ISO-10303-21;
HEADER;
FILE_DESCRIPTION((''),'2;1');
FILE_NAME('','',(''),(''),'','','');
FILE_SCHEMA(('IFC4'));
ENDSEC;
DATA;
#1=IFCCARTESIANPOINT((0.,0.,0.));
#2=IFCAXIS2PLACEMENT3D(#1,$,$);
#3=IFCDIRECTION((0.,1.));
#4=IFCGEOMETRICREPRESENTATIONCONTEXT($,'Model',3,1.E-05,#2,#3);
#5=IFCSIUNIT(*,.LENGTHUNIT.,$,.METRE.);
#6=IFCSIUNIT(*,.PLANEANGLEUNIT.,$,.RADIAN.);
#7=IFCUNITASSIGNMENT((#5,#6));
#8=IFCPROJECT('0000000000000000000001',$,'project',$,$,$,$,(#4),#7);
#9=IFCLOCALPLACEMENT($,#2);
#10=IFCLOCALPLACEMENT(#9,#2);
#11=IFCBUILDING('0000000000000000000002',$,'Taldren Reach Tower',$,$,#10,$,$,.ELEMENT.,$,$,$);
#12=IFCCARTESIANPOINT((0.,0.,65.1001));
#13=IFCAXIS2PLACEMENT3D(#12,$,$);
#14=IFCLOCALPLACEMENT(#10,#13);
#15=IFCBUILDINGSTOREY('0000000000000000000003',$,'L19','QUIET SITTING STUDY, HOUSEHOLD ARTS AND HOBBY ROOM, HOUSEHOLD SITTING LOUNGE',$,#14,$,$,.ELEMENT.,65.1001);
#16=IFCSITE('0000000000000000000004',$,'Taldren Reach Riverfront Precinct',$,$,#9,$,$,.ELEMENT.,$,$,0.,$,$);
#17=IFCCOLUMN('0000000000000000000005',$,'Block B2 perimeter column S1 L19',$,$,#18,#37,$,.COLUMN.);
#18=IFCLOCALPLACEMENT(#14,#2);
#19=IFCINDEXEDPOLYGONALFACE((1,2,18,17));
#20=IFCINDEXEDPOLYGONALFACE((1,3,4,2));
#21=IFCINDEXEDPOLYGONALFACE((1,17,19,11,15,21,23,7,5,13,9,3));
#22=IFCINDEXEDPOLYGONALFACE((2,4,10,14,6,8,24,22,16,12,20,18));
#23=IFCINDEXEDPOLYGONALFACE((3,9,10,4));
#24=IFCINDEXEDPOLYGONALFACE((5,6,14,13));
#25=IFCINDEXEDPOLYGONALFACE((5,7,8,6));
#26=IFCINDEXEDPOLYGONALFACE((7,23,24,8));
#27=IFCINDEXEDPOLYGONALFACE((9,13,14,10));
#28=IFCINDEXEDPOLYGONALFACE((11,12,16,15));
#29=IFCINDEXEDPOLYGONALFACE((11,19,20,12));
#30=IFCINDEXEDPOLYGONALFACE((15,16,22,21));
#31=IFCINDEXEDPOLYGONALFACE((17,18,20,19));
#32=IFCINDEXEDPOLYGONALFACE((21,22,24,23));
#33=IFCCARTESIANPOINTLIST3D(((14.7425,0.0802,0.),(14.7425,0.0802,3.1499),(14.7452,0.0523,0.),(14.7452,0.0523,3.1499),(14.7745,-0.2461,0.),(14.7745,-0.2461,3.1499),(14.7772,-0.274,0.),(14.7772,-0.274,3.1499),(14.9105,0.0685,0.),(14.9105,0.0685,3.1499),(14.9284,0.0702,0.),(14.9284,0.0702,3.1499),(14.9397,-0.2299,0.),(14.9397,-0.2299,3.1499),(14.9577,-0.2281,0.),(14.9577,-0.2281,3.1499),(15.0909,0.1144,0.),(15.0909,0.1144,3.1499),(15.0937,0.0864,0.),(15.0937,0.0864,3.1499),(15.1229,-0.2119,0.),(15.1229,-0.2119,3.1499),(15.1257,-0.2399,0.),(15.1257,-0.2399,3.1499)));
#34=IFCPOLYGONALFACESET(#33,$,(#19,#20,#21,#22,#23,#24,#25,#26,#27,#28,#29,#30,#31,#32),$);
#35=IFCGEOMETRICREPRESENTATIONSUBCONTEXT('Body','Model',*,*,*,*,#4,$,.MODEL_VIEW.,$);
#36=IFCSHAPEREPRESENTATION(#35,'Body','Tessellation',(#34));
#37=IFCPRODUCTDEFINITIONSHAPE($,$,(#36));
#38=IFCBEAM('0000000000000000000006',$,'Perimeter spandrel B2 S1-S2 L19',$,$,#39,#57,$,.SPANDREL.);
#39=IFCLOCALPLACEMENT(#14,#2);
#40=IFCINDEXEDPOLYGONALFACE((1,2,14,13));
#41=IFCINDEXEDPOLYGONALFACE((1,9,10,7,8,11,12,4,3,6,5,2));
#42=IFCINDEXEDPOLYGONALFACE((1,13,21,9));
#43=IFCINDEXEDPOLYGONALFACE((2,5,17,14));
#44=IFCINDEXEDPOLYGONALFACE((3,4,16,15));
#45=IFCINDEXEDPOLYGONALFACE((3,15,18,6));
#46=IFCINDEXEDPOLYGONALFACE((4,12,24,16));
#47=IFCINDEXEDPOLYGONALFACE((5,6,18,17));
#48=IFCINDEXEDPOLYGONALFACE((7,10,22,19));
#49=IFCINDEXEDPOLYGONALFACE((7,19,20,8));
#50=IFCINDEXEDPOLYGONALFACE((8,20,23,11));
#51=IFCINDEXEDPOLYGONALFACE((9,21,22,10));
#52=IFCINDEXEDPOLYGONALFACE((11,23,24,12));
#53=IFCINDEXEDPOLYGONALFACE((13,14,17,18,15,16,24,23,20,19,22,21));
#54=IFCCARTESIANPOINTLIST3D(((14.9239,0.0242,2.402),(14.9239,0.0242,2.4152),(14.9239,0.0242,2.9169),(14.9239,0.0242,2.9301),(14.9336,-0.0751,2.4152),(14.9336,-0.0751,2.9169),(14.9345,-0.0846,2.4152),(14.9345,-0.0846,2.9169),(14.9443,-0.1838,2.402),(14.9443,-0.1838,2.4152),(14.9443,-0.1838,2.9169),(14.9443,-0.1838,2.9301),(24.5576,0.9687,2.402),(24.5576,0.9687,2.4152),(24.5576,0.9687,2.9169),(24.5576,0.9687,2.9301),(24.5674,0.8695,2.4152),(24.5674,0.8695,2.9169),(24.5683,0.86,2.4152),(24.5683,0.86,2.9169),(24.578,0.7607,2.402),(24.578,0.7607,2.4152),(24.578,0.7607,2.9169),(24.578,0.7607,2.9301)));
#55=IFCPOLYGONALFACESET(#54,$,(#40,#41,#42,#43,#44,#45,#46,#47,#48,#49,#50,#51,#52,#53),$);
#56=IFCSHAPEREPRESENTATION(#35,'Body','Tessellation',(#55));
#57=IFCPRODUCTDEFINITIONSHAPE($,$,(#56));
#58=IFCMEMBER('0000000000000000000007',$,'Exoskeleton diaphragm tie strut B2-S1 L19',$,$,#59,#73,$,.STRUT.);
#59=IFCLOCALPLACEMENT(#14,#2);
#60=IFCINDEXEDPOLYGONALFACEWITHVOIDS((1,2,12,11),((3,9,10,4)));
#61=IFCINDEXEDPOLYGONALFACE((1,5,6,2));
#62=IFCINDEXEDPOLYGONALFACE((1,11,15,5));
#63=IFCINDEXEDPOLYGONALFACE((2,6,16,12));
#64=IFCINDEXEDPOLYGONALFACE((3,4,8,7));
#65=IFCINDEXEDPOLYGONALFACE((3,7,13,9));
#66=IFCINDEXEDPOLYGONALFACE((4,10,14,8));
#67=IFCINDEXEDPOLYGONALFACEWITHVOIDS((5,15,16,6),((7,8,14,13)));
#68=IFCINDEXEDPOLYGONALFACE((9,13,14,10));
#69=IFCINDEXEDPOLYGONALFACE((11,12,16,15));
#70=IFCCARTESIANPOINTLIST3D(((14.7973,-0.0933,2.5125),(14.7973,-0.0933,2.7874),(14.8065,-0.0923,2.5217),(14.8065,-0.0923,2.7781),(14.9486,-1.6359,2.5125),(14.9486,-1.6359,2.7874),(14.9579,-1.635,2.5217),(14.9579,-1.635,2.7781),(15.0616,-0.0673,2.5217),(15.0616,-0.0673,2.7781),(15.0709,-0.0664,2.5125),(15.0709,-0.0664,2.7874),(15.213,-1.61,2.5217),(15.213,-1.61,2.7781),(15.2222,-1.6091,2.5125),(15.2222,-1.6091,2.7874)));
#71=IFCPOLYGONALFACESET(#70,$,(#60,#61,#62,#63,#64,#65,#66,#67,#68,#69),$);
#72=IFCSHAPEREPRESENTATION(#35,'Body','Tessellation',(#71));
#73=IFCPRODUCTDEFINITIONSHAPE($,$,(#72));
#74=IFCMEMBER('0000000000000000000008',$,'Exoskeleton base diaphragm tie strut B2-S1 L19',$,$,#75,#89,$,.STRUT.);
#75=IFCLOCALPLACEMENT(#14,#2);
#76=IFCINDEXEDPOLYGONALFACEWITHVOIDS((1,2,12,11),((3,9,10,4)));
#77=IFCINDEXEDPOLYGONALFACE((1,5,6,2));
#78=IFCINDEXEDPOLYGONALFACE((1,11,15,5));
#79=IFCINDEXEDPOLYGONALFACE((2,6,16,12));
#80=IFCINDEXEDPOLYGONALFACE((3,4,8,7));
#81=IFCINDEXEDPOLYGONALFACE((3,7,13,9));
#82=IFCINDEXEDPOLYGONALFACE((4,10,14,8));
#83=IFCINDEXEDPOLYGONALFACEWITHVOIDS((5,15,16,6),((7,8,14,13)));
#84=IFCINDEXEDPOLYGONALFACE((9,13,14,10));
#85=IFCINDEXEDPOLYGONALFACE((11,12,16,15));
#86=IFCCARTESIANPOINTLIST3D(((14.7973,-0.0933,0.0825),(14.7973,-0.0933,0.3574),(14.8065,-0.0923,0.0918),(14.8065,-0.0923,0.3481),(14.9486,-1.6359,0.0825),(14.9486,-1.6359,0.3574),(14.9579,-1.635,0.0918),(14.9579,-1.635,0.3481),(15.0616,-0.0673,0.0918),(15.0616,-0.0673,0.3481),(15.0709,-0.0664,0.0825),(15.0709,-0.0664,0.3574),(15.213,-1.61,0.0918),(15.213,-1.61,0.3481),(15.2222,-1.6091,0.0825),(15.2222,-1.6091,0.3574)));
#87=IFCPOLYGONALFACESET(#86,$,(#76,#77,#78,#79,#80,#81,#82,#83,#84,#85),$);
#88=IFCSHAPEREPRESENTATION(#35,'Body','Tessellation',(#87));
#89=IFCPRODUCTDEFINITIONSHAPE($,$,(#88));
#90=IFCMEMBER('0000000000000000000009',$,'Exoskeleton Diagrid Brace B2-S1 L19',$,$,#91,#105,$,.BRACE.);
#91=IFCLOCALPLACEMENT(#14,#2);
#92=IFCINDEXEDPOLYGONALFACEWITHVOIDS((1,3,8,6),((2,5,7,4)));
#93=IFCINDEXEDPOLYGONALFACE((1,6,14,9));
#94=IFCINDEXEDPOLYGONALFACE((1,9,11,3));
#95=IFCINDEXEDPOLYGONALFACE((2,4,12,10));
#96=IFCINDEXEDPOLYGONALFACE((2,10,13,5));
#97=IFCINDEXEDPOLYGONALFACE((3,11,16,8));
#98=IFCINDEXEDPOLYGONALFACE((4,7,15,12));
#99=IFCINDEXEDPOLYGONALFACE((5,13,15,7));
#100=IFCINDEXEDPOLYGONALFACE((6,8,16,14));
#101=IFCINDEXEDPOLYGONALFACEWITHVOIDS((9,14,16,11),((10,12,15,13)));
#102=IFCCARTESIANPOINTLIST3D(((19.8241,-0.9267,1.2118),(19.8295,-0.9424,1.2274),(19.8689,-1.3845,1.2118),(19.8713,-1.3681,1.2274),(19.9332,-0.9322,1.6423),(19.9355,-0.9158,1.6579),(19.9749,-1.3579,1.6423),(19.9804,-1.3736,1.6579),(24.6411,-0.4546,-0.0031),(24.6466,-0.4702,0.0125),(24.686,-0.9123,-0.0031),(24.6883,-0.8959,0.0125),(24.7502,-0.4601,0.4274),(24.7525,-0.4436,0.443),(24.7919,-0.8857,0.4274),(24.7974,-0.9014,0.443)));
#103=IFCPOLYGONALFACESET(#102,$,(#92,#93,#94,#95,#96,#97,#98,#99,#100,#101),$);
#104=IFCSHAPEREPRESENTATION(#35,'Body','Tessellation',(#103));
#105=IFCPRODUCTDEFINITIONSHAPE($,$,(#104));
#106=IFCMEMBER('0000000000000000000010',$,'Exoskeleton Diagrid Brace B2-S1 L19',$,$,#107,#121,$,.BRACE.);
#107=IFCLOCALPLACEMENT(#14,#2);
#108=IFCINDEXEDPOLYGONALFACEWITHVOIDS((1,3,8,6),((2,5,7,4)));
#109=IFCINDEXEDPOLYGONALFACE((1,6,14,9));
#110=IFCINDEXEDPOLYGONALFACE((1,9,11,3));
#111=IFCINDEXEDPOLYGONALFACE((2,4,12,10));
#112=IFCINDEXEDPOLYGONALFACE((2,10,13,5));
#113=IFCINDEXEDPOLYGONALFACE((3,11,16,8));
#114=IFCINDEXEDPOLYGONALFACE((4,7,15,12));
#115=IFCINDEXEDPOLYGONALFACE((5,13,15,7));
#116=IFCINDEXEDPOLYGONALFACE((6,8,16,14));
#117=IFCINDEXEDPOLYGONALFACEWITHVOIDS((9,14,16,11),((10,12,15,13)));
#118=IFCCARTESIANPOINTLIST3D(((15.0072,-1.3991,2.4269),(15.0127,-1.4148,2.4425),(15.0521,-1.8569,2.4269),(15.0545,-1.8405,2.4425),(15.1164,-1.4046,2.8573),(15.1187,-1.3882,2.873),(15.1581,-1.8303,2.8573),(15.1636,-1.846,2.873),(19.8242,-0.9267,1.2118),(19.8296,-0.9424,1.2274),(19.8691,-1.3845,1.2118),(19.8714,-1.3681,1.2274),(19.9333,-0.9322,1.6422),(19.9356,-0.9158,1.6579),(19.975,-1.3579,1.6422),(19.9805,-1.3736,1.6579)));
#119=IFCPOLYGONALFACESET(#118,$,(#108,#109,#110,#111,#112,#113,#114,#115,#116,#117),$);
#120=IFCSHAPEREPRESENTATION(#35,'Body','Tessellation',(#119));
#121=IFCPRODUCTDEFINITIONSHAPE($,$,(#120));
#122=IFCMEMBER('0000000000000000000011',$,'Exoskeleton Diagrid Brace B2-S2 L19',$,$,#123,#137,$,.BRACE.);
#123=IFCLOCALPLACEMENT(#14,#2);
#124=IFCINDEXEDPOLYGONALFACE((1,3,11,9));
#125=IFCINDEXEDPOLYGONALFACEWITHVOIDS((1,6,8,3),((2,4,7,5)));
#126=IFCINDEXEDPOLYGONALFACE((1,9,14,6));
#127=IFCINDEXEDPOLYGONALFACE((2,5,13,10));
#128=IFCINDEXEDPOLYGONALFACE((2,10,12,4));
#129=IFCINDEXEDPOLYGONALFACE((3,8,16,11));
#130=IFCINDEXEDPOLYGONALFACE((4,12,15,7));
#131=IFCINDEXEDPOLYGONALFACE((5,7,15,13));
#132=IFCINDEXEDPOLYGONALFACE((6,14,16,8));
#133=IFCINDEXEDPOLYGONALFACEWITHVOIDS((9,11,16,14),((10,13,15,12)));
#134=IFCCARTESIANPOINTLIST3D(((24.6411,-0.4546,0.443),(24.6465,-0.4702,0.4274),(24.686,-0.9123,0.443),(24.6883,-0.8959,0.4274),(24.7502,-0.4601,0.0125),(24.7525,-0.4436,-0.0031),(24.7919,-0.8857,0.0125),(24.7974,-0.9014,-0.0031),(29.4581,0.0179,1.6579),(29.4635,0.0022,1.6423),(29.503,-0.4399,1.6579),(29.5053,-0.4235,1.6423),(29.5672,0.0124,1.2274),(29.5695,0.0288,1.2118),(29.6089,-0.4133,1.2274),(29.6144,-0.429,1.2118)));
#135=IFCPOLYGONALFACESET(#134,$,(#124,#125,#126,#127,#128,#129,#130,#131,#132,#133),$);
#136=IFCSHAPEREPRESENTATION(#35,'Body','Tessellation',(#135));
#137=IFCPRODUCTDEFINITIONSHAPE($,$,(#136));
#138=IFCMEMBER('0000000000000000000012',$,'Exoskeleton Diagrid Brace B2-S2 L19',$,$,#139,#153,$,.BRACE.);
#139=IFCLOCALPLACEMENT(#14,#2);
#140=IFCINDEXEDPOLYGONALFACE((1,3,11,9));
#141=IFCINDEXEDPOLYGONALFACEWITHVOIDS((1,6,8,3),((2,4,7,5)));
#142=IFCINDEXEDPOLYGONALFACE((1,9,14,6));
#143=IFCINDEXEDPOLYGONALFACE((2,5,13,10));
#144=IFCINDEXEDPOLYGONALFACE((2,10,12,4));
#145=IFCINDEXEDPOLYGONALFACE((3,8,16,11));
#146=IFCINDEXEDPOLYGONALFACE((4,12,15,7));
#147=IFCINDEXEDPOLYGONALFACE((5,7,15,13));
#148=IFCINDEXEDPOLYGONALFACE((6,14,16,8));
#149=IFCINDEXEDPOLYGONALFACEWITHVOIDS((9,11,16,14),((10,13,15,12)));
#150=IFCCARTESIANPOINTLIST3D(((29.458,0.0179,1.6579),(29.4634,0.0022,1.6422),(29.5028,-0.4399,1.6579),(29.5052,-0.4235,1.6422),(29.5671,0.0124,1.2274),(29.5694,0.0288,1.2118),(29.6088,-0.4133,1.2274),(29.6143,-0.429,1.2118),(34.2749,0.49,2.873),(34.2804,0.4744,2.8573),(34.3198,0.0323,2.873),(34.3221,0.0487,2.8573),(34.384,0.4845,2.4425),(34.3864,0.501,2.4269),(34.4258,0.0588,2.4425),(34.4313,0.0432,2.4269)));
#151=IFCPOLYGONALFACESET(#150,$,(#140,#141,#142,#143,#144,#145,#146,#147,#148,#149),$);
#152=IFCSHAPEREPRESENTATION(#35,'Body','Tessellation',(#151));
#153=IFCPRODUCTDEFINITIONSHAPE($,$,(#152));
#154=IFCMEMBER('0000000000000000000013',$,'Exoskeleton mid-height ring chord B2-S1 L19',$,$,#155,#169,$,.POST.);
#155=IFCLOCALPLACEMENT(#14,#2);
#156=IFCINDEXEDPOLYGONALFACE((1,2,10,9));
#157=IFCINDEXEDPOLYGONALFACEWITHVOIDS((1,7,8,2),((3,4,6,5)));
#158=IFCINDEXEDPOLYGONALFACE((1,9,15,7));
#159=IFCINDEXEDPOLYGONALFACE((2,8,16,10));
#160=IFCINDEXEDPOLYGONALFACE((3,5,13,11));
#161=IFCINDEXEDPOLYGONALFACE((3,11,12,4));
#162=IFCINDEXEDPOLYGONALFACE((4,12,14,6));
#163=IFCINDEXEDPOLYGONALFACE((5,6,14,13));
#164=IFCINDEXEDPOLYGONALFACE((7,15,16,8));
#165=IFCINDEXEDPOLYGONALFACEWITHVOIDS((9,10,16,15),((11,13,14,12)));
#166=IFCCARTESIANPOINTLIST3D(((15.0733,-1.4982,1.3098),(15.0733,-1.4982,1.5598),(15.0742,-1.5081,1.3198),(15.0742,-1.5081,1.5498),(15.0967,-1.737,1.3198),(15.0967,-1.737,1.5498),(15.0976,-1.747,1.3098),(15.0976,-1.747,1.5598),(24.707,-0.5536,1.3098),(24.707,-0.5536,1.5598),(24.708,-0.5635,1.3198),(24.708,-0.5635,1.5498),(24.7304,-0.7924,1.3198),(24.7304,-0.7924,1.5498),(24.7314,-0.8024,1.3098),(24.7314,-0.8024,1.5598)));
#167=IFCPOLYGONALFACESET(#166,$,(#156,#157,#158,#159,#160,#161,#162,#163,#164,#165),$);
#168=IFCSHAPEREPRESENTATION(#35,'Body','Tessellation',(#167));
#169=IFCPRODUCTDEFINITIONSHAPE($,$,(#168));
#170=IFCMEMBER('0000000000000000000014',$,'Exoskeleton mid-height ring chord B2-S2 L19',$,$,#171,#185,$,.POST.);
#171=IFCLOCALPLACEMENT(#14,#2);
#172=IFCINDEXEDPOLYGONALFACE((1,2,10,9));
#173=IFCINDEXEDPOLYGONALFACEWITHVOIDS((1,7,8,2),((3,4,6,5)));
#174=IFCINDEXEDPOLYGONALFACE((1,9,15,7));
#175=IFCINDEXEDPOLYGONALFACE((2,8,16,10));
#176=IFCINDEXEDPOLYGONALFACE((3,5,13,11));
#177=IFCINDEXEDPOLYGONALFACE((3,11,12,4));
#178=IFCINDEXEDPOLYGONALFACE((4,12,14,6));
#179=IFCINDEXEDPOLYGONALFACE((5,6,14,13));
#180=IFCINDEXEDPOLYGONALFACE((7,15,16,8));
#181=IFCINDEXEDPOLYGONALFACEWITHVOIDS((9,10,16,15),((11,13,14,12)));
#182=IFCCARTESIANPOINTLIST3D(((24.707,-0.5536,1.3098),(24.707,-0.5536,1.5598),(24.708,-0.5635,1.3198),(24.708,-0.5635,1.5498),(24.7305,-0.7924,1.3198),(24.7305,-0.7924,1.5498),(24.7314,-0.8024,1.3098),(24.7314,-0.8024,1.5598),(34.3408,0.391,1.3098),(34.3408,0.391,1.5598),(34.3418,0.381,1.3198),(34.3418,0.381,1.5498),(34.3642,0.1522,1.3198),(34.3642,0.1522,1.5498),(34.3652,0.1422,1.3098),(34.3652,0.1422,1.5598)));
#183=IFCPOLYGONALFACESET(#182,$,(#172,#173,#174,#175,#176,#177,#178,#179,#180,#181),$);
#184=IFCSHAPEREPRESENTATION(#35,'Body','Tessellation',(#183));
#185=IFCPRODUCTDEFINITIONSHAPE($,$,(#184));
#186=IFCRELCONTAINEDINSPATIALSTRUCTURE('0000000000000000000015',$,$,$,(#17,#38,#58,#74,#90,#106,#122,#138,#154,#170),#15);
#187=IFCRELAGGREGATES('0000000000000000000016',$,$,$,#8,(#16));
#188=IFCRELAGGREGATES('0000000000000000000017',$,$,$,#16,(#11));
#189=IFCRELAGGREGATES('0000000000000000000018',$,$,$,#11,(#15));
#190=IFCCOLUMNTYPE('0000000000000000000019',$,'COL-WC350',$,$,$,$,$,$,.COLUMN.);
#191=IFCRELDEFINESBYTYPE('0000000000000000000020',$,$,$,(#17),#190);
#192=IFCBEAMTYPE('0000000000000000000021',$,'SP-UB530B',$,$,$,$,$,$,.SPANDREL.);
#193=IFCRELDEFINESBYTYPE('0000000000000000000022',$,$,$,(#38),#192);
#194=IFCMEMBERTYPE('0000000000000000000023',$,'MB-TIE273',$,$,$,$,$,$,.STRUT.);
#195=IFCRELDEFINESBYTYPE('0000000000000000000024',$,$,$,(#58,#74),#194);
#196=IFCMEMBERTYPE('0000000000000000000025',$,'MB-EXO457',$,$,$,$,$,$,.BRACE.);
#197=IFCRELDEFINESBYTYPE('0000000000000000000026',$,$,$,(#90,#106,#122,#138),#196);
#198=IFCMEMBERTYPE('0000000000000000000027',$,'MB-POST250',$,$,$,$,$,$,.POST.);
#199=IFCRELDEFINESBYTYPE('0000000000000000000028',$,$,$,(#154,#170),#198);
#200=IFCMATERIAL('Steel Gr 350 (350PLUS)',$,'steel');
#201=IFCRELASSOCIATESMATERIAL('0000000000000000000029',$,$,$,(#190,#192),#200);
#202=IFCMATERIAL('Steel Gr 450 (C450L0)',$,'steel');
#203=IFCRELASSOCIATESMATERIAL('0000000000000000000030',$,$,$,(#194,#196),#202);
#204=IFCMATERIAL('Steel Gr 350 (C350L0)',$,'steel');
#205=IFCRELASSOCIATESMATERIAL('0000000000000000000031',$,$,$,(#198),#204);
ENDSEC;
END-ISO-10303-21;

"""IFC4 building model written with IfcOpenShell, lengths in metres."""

from ifc_helpers import new_model, si_unit, direction, frame, origin, origin_2d, place, context, subcontext, project, spatial, hollow_rectangle, i_section, extrude, source, transform, mapped, material, material_profile, profile_set, type_object, element, save


model = new_model("IFC4")

# Units and contexts
model_context = context("Model", 3, precision=1e-05, world=origin(), true_north=direction((0.0, 1.0)))
body_context = subcontext(model_context, "Body", "Model", "MODEL_VIEW")
ifc_project = project(units=[si_unit("LENGTHUNIT", "METRE"), si_unit("PLANEANGLEUNIT", "RADIAN")], contexts=[model_context])

# Site, building, storey
site_placement = place(None, origin())
site = spatial("IfcSite", under=ifc_project, at=site_placement, Name="Taldren Reach Riverfront Precinct", CompositionType="ELEMENT", RefElevation=0.0)
building_placement = place(site_placement, origin())
building = spatial("IfcBuilding", under=site, at=building_placement, Name="Taldren Reach Tower", CompositionType="ELEMENT")
storey_placement = place(building_placement, frame((0.0, 0.0, 65.1001)))
storey = spatial("IfcBuildingStorey", under=building, at=storey_placement, Name="L19", Description="QUIET SITTING STUDY, HOUSEHOLD ARTS AND HOBBY ROOM, HOUSEHOLD SITTING LOUNGE", CompositionType="ELEMENT", Elevation=65.1001)

# Column
ifc_material_1 = material(Name="Steel Gr 350 (350PLUS)", Category="steel")
ifc_material_profile_1 = material_profile(ifc_material_1, i_section(OverallWidth=0.3501, OverallDepth=0.356, WebThickness=0.0181, FlangeThickness=0.0281, at=origin_2d()), Name="350WC197")
ifc_profile_set_1 = profile_set([ifc_material_profile_1], Name="Steel Gr 350 (350PLUS)")
column_type = type_object("IfcColumnType", Name="COL-WC350", PredefinedType="COLUMN", material=ifc_profile_set_1)
shared_shape_1 = source(origin(), body_context, "Body", "SweptSolid", [
    extrude(i_section(OverallWidth=0.3501, OverallDepth=0.356, WebThickness=0.0181, FlangeThickness=0.0281, at=origin_2d()), origin(), (0.0, 0.0, 1.0), 3.1499),
])
column_placement = place(storey_placement, frame((14.9341, -0.0798, 0.0), z_axis=(0.0, 0.0, 1.0), x_axis=(0.995227, 0.097583, 0.0)))
element("IfcColumn", 1, at=column_placement, inside=storey, type_object=column_type, Name="Block B2 perimeter column S1 L19", PredefinedType="COLUMN", context=body_context, shape_type="MappedRepresentation", body=[
    mapped(shared_shape_1, transform((0.0, 0.0, 0.0), scale=1.0)),
])

# Beam
ifc_material_profile_2 = material_profile(ifc_material_1, i_section(OverallWidth=0.209, OverallDepth=0.5281, WebThickness=0.0095, FlangeThickness=0.0132, at=origin_2d()), Name="530UB82.0")
ifc_profile_set_2 = profile_set([ifc_material_profile_2], Name="Steel Gr 350 (350PLUS)")
beam_type = type_object("IfcBeamType", Name="SP-UB530B", PredefinedType="SPANDREL", material=ifc_profile_set_2)
shared_shape_2 = source(origin(), body_context, "Body", "SweptSolid", [
    extrude(i_section(OverallWidth=0.209, OverallDepth=0.5281, WebThickness=0.0095, FlangeThickness=0.0132, at=origin_2d()), origin(), (0.0, 0.0, 1.0), 9.6799),
])
beam_placement = place(storey_placement, frame((14.9341, -0.0798, 2.666), z_axis=(0.995228, 0.097581, 0.0), x_axis=(-0.097581, 0.995228, 0.0)))
element("IfcBeam", 2, at=beam_placement, inside=storey, type_object=beam_type, Name="Perimeter spandrel B2 S1-S2 L19", PredefinedType="SPANDREL", context=body_context, shape_type="MappedRepresentation", body=[
    mapped(shared_shape_2, transform((0.0, 0.0, 0.0), scale=1.0)),
])

# Members
ifc_material_2 = material(Name="Steel Gr 450 (C450L0)", Category="steel")
ifc_material_profile_3 = material_profile(ifc_material_2, hollow_rectangle(XDim=0.2749, YDim=0.2749, WallThickness=0.0093, at=origin_2d()), Name="275x275x9.3SHS")
ifc_profile_set_3 = profile_set([ifc_material_profile_3], Name="Steel Gr 450 (C450L0)")
member_type_1 = type_object("IfcMemberType", Name="MB-TIE273", PredefinedType="STRUT", material=ifc_profile_set_3)
shared_shape_3 = source(origin(), body_context, "Body", "SweptSolid", [
    extrude(hollow_rectangle(XDim=0.2749, YDim=0.2749, WallThickness=0.0093, at=origin_2d()), origin(), (0.0, 0.0, 1.0), 1.55),
])
for number, where, z_axis, x_axis, name in (
    (3, (14.9341, -0.0798, 2.6499), (0.097648, -0.995221, 0.0), (0.995221, 0.097648, 0.0), "Exoskeleton diaphragm tie strut B2-S1 L19"),
    (4, (14.9341, -0.0798, 0.22), (0.097648, -0.995221, 0.0), (0.995221, 0.097648, 0.0), "Exoskeleton base diaphragm tie strut B2-S1 L19"),
):
    element("IfcMember", number, at=place(storey_placement, frame(where, z_axis=z_axis, x_axis=x_axis)), inside=storey, type_object=member_type_1, Name=name, PredefinedType="STRUT", context=body_context, shape_type="MappedRepresentation", body=[
        mapped(shared_shape_3, transform((0.0, 0.0, 0.0), scale=1.0)),
    ])
ifc_material_profile_4 = material_profile(ifc_material_2, hollow_rectangle(XDim=0.46, YDim=0.46, WallThickness=0.0161, at=origin_2d()), Name="460x460x16.0SHS")
ifc_profile_set_4 = profile_set([ifc_material_profile_4], Name="Steel Gr 450 (C450L0)")
member_type_2 = type_object("IfcMemberType", Name="MB-EXO457", PredefinedType="BRACE", material=ifc_profile_set_4)
shared_shape_4 = source(origin(), body_context, "Body", "SweptSolid", [
    extrude(hollow_rectangle(XDim=0.46, YDim=0.46, WallThickness=0.0161, at=origin_2d()), origin(), (0.0, 0.0, 1.0), 4.9902),
])
for number, where, z_axis, x_axis, name in (
    (5, (24.7192, -0.678, 0.22), (-0.965287, -0.094621, 0.24345), (0.097556, -0.99523, 0.0), "Exoskeleton Diagrid Brace B2-S1 L19"),
    (6, (19.9023, -1.1501, 1.4348), (-0.965271, -0.094668, 0.243495), (0.097606, -0.995225, 0.0), "Exoskeleton Diagrid Brace B2-S1 L19"),
    (7, (24.7192, -0.678, 0.22), (0.965283, 0.094669, 0.243449), (-0.097606, 0.995225, 0.0), "Exoskeleton Diagrid Brace B2-S2 L19"),
    (8, (29.5361, -0.2056, 1.4348), (0.965276, 0.09462, 0.243496), (-0.097556, 0.99523, 0.0), "Exoskeleton Diagrid Brace B2-S2 L19"),
):
    element("IfcMember", number, at=place(storey_placement, frame(where, z_axis=z_axis, x_axis=x_axis)), inside=storey, type_object=member_type_2, Name=name, PredefinedType="BRACE", context=body_context, shape_type="MappedRepresentation", body=[
        mapped(shared_shape_4, transform((0.0, 0.0, 0.0), scale=1.0)),
    ])
ifc_material_3 = material(Name="Steel Gr 350 (C350L0)", Category="steel")
ifc_material_profile_5 = material_profile(ifc_material_3, hollow_rectangle(XDim=0.25, YDim=0.25, WallThickness=0.01, at=origin_2d()), Name="250x250x10.0SHS")
ifc_profile_set_5 = profile_set([ifc_material_profile_5], Name="Steel Gr 350 (C350L0)")
member_type_3 = type_object("IfcMemberType", Name="MB-POST250", PredefinedType="POST", material=ifc_profile_set_5)
shared_shape_5 = source(origin(), body_context, "Body", "SweptSolid", [
    extrude(hollow_rectangle(XDim=0.25, YDim=0.25, WallThickness=0.01, at=origin_2d()), origin(), (0.0, 0.0, 1.0), 9.6799),
])
for number, where, z_axis, x_axis, name in (
    (9, (15.0854, -1.6226, 1.4348), (0.995228, 0.097581, 0.0), (-0.097581, 0.995228, 0.0), "Exoskeleton mid-height ring chord B2-S1 L19"),
    (10, (24.7192, -0.678, 1.4348), (0.995228, 0.097581, 0.0), (-0.097581, 0.995228, 0.0), "Exoskeleton mid-height ring chord B2-S2 L19"),
):
    element("IfcMember", number, at=place(storey_placement, frame(where, z_axis=z_axis, x_axis=x_axis)), inside=storey, type_object=member_type_3, Name=name, PredefinedType="POST", context=body_context, shape_type="MappedRepresentation", body=[
        mapped(shared_shape_5, transform((0.0, 0.0, 0.0), scale=1.0)),
    ])

save(model, "model.ifc")
